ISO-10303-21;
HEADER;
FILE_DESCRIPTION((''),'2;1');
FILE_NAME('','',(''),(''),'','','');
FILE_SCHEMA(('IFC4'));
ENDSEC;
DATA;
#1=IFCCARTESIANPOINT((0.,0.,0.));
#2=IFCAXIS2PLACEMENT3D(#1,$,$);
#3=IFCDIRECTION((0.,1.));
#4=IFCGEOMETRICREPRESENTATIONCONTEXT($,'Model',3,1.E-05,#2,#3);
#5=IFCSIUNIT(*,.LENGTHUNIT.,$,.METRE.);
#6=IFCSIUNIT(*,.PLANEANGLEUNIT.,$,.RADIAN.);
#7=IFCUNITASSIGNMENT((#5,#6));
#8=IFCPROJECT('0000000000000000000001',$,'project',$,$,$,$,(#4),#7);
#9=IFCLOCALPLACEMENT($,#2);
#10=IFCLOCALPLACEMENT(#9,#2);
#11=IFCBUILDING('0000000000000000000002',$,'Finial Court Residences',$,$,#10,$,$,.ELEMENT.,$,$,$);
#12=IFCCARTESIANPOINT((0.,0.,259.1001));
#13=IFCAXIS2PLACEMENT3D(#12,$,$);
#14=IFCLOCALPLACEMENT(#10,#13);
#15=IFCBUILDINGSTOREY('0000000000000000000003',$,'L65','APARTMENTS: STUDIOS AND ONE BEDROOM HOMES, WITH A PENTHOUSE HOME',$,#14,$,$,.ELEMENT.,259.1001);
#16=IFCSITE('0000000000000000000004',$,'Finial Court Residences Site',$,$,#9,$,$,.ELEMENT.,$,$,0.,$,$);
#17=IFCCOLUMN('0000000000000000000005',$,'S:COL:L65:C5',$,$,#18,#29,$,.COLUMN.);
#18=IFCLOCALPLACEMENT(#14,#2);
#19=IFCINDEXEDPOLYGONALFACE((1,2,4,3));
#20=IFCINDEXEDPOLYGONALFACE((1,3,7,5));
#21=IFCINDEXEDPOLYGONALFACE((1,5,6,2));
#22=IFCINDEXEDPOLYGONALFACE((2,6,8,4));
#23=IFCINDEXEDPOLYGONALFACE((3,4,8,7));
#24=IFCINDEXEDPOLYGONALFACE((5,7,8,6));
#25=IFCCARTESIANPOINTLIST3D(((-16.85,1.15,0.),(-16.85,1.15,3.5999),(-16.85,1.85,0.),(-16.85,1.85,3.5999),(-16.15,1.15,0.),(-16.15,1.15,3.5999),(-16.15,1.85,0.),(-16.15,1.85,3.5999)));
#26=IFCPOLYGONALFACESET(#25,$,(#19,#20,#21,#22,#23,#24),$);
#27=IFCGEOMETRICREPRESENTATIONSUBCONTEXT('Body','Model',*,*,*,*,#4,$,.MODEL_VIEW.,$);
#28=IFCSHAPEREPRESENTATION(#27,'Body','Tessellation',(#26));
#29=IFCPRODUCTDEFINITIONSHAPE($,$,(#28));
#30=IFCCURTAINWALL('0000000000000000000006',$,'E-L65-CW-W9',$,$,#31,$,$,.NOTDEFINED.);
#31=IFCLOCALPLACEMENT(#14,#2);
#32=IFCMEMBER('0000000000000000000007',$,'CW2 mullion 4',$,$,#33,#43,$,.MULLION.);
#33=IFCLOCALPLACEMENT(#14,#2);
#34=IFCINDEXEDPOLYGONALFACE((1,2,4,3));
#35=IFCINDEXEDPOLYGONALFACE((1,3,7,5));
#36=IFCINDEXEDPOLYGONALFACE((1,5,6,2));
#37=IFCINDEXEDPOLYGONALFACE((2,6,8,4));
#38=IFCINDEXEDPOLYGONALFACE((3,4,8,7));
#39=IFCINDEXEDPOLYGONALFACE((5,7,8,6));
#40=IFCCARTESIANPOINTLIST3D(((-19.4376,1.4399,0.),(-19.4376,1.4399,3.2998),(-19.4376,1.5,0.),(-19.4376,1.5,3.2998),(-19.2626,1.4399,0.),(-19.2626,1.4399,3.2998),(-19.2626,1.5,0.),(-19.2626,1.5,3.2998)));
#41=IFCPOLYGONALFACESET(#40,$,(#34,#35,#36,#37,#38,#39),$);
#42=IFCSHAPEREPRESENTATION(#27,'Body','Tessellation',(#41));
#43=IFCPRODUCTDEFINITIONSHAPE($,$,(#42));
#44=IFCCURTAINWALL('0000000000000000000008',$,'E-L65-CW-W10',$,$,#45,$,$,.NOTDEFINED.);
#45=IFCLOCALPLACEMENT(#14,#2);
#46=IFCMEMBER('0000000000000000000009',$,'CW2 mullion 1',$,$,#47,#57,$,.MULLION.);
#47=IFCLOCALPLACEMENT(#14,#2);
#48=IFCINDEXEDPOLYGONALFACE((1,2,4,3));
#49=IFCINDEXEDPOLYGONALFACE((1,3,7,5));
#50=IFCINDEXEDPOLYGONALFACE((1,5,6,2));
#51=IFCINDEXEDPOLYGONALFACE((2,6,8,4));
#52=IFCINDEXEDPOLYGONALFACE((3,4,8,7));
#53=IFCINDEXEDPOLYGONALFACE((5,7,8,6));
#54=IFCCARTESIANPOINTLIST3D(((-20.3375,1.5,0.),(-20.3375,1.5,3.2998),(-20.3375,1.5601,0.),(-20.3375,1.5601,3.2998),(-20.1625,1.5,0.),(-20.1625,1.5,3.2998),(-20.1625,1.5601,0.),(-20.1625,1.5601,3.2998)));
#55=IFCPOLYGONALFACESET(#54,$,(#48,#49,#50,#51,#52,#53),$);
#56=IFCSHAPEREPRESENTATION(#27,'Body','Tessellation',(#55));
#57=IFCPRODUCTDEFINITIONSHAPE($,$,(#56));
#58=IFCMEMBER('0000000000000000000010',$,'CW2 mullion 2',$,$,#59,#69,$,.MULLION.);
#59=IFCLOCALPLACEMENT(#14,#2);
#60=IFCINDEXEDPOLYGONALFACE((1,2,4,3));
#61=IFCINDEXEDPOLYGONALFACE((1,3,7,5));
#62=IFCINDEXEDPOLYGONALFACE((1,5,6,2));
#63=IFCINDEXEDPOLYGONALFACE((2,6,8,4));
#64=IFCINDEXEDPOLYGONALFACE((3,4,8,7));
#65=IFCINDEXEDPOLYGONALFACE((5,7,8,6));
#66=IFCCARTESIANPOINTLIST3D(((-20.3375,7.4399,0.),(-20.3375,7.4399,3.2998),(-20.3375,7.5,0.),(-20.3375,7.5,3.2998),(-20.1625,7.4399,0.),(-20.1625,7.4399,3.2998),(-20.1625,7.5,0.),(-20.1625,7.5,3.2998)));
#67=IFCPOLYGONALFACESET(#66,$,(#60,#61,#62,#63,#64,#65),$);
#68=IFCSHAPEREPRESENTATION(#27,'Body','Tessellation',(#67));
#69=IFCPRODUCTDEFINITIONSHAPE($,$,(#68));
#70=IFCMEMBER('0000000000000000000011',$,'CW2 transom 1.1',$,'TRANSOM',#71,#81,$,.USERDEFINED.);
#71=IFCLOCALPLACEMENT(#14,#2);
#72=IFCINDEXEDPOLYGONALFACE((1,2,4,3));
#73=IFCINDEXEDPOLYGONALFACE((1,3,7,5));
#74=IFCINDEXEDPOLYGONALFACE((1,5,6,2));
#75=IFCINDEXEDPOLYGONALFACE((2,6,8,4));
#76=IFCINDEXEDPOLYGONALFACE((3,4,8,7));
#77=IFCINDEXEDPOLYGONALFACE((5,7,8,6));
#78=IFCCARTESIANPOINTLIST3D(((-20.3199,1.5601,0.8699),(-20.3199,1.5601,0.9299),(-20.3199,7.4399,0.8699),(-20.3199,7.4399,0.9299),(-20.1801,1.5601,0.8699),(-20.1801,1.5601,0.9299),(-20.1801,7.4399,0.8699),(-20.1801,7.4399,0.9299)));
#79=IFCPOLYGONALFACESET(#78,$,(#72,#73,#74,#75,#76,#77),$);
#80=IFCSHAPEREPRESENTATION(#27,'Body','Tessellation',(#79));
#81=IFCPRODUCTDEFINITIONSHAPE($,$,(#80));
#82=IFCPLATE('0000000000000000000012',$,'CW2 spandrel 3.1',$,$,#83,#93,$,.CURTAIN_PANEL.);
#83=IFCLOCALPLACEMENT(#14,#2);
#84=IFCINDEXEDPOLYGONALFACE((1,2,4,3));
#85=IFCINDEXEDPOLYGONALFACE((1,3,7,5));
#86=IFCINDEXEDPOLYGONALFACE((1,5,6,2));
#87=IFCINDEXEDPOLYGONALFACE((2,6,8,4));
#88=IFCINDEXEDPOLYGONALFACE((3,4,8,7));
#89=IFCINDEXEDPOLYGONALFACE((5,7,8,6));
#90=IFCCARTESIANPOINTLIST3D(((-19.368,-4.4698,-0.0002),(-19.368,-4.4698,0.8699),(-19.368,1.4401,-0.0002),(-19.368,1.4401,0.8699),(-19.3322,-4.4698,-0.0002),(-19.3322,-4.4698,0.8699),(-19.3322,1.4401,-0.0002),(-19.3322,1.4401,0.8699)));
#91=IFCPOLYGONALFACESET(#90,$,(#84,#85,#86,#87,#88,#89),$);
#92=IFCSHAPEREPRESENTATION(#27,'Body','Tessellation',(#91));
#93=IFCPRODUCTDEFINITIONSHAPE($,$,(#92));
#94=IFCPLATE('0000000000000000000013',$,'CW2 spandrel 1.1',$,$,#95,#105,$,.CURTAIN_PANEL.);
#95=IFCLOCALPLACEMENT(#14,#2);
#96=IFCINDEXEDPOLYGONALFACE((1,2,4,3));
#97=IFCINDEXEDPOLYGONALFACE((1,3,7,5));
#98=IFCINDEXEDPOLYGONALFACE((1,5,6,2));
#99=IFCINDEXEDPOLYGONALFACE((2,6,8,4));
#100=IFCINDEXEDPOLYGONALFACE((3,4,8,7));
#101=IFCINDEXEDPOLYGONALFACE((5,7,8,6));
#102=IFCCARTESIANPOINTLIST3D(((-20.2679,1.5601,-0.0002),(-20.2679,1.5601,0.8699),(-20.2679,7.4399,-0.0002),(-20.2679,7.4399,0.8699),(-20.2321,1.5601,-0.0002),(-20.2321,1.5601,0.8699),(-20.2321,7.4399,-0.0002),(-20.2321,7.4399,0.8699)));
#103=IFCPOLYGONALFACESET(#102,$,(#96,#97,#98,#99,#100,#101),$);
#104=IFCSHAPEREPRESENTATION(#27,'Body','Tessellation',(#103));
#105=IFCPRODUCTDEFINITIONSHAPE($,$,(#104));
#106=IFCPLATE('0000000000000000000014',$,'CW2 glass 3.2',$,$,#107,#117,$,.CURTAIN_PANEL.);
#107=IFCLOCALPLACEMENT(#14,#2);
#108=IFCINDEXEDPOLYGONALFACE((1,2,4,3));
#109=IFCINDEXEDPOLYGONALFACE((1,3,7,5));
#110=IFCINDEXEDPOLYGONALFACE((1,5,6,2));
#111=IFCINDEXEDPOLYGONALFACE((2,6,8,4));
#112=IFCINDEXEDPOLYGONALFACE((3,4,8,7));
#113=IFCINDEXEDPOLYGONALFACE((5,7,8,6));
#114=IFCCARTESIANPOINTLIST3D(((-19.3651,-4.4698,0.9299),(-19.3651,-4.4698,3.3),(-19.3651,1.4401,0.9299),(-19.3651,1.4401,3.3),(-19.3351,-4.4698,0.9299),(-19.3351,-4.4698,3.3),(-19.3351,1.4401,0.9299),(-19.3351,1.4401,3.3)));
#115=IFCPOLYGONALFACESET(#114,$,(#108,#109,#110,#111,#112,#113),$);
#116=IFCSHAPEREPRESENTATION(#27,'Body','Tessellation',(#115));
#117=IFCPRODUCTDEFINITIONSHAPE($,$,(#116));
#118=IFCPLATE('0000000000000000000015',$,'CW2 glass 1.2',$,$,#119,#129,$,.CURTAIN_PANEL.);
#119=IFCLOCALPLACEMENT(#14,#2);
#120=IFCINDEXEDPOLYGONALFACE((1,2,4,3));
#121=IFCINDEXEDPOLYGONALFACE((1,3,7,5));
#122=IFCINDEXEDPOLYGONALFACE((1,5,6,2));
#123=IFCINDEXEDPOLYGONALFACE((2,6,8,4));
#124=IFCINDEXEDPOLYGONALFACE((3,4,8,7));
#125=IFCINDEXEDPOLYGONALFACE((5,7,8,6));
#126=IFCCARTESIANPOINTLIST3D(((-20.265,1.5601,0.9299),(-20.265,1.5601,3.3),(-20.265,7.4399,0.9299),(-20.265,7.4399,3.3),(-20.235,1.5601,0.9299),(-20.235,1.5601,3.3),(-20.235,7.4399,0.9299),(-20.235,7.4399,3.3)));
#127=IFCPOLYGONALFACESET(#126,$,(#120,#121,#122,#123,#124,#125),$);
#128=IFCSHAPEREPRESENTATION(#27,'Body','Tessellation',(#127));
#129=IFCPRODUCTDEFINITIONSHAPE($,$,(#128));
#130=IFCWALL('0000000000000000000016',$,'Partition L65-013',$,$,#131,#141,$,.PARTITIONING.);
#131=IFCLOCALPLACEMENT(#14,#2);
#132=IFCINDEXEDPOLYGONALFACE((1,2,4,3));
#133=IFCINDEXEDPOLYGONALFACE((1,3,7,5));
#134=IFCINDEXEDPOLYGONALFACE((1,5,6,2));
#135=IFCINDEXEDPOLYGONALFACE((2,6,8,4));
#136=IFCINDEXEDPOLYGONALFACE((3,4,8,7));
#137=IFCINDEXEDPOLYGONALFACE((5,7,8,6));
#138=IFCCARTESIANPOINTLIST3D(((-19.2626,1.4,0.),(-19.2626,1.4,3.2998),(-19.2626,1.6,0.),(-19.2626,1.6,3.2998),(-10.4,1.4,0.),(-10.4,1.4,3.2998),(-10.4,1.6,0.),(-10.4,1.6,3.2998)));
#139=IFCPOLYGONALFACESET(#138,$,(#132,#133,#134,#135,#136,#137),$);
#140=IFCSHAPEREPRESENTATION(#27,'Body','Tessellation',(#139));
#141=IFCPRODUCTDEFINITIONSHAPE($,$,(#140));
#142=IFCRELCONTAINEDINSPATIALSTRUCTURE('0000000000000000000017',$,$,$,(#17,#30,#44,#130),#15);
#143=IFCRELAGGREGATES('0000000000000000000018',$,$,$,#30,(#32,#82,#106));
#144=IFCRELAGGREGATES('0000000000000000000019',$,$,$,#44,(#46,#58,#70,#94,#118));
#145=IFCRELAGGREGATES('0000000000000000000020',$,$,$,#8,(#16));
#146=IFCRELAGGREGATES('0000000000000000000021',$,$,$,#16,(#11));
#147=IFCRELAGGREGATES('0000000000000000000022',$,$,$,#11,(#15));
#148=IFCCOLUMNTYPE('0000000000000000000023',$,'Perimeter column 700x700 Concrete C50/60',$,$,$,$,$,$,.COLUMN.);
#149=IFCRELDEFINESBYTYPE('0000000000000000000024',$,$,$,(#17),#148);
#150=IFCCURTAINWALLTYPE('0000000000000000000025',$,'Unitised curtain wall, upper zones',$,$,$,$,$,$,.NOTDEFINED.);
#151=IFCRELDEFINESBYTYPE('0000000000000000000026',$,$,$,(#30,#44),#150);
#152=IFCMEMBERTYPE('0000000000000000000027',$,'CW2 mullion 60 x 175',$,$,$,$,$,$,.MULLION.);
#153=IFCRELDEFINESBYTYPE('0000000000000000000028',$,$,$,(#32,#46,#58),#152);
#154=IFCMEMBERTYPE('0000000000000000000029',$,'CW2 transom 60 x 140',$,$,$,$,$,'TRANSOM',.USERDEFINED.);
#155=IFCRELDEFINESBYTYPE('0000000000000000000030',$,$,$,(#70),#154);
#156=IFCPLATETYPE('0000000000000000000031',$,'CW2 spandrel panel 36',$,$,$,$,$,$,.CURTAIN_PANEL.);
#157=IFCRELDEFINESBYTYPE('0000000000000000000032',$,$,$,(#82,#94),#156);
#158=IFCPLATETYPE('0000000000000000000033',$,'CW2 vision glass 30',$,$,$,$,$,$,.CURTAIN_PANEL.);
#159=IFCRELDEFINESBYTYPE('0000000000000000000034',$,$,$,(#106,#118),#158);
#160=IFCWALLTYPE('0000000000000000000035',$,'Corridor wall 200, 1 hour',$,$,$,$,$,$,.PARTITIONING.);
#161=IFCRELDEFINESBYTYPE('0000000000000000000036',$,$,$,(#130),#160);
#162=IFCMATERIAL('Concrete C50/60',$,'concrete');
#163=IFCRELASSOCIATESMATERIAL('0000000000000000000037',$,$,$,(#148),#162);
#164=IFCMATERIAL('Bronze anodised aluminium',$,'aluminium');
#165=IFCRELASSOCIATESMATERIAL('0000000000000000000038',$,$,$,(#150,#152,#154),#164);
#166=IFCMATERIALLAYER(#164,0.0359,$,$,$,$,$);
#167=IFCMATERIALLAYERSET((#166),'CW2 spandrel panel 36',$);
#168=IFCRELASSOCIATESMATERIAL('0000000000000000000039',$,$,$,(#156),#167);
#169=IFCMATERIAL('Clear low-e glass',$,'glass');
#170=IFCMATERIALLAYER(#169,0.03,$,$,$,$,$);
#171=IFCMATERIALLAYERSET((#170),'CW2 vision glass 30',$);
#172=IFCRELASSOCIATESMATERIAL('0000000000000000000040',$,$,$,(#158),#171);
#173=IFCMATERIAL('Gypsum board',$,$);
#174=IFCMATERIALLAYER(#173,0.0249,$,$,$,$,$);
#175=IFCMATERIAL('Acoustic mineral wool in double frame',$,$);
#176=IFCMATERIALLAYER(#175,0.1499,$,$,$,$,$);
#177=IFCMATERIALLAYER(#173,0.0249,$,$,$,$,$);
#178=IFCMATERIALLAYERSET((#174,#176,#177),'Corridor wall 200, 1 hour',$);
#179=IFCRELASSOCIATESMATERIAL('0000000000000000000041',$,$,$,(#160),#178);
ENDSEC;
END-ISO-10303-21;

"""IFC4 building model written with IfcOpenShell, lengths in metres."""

from ifc_helpers import new_model, si_unit, direction, frame, frame_2d, origin, origin_2d, place, context, subcontext, project, spatial, rectangle, extrude, material, layer, layer_set, material_profile, profile_set, type_object, element, aggregate, save


model = new_model("IFC4")

# Units and contexts
model_context = context("Model", 3, precision=1e-05, world=origin(), true_north=direction((0.0, 1.0)))
body_context = subcontext(model_context, "Body", "Model", "MODEL_VIEW")
ifc_project = project(units=[si_unit("LENGTHUNIT", "METRE"), si_unit("PLANEANGLEUNIT", "RADIAN")], contexts=[model_context])

# Site, building, storey
site_placement = place(None, origin())
site = spatial("IfcSite", under=ifc_project, at=site_placement, Name="Finial Court Residences Site", CompositionType="ELEMENT", RefElevation=0.0)
building_placement = place(site_placement, origin())
building = spatial("IfcBuilding", under=site, at=building_placement, Name="Finial Court Residences", CompositionType="ELEMENT")
storey_placement = place(building_placement, frame((0.0, 0.0, 259.1001)))
storey = spatial("IfcBuildingStorey", under=building, at=storey_placement, Name="L65", Description="APARTMENTS: STUDIOS AND ONE BEDROOM HOMES, WITH A PENTHOUSE HOME", CompositionType="ELEMENT", Elevation=259.1001)

# Column
ifc_material_1 = material(Name="Concrete C50/60", Category="concrete")
ifc_material_profile_1 = material_profile(ifc_material_1, rectangle(XDim=0.7, YDim=0.7, at=origin_2d()), Name="700x700")
ifc_profile_set_1 = profile_set([ifc_material_profile_1], Name="Concrete C50/60")
column_type = type_object("IfcColumnType", Name="Perimeter column 700x700 Concrete C50/60", PredefinedType="COLUMN", material=ifc_profile_set_1)
column_placement = place(storey_placement, frame((-16.5, 1.5, 0.0), z_axis=(0.0, 0.0, 1.0), x_axis=(1.0, 0.0, 0.0)))
element("IfcColumn", 1, at=column_placement, inside=storey, type_object=column_type, Name="S:COL:L65:C5", PredefinedType="COLUMN", context=body_context, shape_type="SweptSolid", body=[
    extrude(rectangle(XDim=0.7, YDim=0.7, at=origin_2d()), origin(), (0.0, 0.0, 1.0), 3.5999),
])

# Curtain wall, member
ifc_material_2 = material(Name="Bronze anodised aluminium", Category="aluminium")
curtain_wall_type = type_object("IfcCurtainWallType", Name="Unitised curtain wall, upper zones", PredefinedType="NOTDEFINED", material=ifc_material_2)
curtain_wall_1_placement = place(storey_placement, origin())
curtain_wall_1 = element("IfcCurtainWall", 2, at=curtain_wall_1_placement, inside=storey, type_object=curtain_wall_type, Name="E-L65-CW-W9", PredefinedType="NOTDEFINED")
ifc_material_profile_2 = material_profile(ifc_material_2, rectangle(XDim=0.175, YDim=0.0601, at=origin_2d()), Name="CW2 mullion 60 x 175")
ifc_profile_set_2 = profile_set([ifc_material_profile_2], Name="Bronze anodised aluminium")
member_type_1 = type_object("IfcMemberType", Name="CW2 mullion 60 x 175", PredefinedType="MULLION", material=ifc_profile_set_2)
member_1_placement = place(storey_placement, frame((-19.3501, 1.47, 0.0), z_axis=(0.0, 0.0, 1.0), x_axis=(-1.0, 0.0, 0.0)))
member_1 = element("IfcMember", 3, at=member_1_placement, type_object=member_type_1, Name="CW2 mullion 4", PredefinedType="MULLION", context=body_context, shape_type="SweptSolid", body=[
    extrude(rectangle(XDim=0.175, YDim=0.0601, at=origin_2d()), origin(), (0.0, 0.0, 1.0), 3.2998),
])

# Curtain wall, members
curtain_wall_2_placement = place(storey_placement, origin())
curtain_wall_2 = element("IfcCurtainWall", 4, at=curtain_wall_2_placement, inside=storey, type_object=curtain_wall_type, Name="E-L65-CW-W10", PredefinedType="NOTDEFINED")
member_2_placement = place(storey_placement, frame((-20.25, 1.53, 0.0), z_axis=(0.0, 0.0, 1.0), x_axis=(-1.0, 0.0, 0.0)))
member_2 = element("IfcMember", 5, at=member_2_placement, type_object=member_type_1, Name="CW2 mullion 1", PredefinedType="MULLION", context=body_context, shape_type="SweptSolid", body=[
    extrude(rectangle(XDim=0.175, YDim=0.0601, at=origin_2d()), origin(), (0.0, 0.0, 1.0), 3.2998),
])
member_3_placement = place(storey_placement, frame((-20.25, 7.47, 0.0), z_axis=(0.0, 0.0, 1.0), x_axis=(-1.0, 0.0, 0.0)))
member_3 = element("IfcMember", 6, at=member_3_placement, type_object=member_type_1, Name="CW2 mullion 2", PredefinedType="MULLION", context=body_context, shape_type="SweptSolid", body=[
    extrude(rectangle(XDim=0.175, YDim=0.0601, at=origin_2d()), origin(), (0.0, 0.0, 1.0), 3.2998),
])
ifc_material_profile_3 = material_profile(ifc_material_2, rectangle(XDim=0.1399, YDim=0.0601, at=origin_2d()), Name="CW2 transom 60 x 140")
ifc_profile_set_3 = profile_set([ifc_material_profile_3], Name="Bronze anodised aluminium")
member_type_2 = type_object("IfcMemberType", Name="CW2 transom 60 x 140", ElementType="TRANSOM", PredefinedType="USERDEFINED", material=ifc_profile_set_3)
member_4_placement = place(storey_placement, frame((-20.25, 1.5601, 0.8999), z_axis=(0.0, 1.0, 0.0), x_axis=(-1.0, 0.0, 0.0)))
member_4 = element("IfcMember", 7, at=member_4_placement, type_object=member_type_2, Name="CW2 transom 1.1", ObjectType="TRANSOM", PredefinedType="USERDEFINED", context=body_context, shape_type="SweptSolid", body=[
    extrude(rectangle(XDim=0.1399, YDim=0.0601, at=origin_2d()), origin(), (0.0, 0.0, 1.0), 5.8799),
])

# Plates
ifc_layer_1 = layer(ifc_material_2, 0.0359)
ifc_layer_set_1 = layer_set([ifc_layer_1], Name="CW2 spandrel panel 36")
plate_type_1 = type_object("IfcPlateType", Name="CW2 spandrel panel 36", PredefinedType="CURTAIN_PANEL", material=ifc_layer_set_1)
plate_1_placement = place(storey_placement, frame((-19.3501, -1.5149, -0.0002), z_axis=(0.0, 0.0, 1.0), x_axis=(0.0, 1.0, 0.0)))
plate_1 = element("IfcPlate", 8, at=plate_1_placement, type_object=plate_type_1, Name="CW2 spandrel 3.1", PredefinedType="CURTAIN_PANEL", context=body_context, shape_type="SweptSolid", body=[
    extrude(rectangle(XDim=5.9099, YDim=0.0359, at=origin_2d()), origin(), (0.0, 0.0, 1.0), 0.8701),
])
plate_2_placement = place(storey_placement, frame((-20.25, 4.5, -0.0002), z_axis=(0.0, 0.0, 1.0), x_axis=(0.0, 1.0, 0.0)))
plate_2 = element("IfcPlate", 9, at=plate_2_placement, type_object=plate_type_1, Name="CW2 spandrel 1.1", PredefinedType="CURTAIN_PANEL", context=body_context, shape_type="SweptSolid", body=[
    extrude(rectangle(XDim=5.8799, YDim=0.0359, at=origin_2d()), origin(), (0.0, 0.0, 1.0), 0.8701),
])
ifc_material_3 = material(Name="Clear low-e glass", Category="glass")
ifc_layer_2 = layer(ifc_material_3, 0.03)
ifc_layer_set_2 = layer_set([ifc_layer_2], Name="CW2 vision glass 30")
plate_type_2 = type_object("IfcPlateType", Name="CW2 vision glass 30", PredefinedType="CURTAIN_PANEL", material=ifc_layer_set_2)
plate_3_placement = place(storey_placement, frame((-19.3501, -1.5149, 0.9299), z_axis=(0.0, 0.0, 1.0), x_axis=(0.0, 1.0, 0.0)))
plate_3 = element("IfcPlate", 10, at=plate_3_placement, type_object=plate_type_2, Name="CW2 glass 3.2", PredefinedType="CURTAIN_PANEL", context=body_context, shape_type="SweptSolid", body=[
    extrude(rectangle(XDim=5.9099, YDim=0.03, at=origin_2d()), origin(), (0.0, 0.0, 1.0), 2.3701),
])
aggregate(curtain_wall_1, [member_1, plate_1, plate_3])
plate_4_placement = place(storey_placement, frame((-20.25, 4.5, 0.9299), z_axis=(0.0, 0.0, 1.0), x_axis=(0.0, 1.0, 0.0)))
plate_4 = element("IfcPlate", 11, at=plate_4_placement, type_object=plate_type_2, Name="CW2 glass 1.2", PredefinedType="CURTAIN_PANEL", context=body_context, shape_type="SweptSolid", body=[
    extrude(rectangle(XDim=5.8799, YDim=0.03, at=origin_2d()), origin(), (0.0, 0.0, 1.0), 2.3701),
])
aggregate(curtain_wall_2, [member_2, member_3, member_4, plate_2, plate_4])

# Wall
ifc_material_4 = material(Name="Gypsum board")
ifc_layer_3 = layer(ifc_material_4, 0.0249)
ifc_material_5 = material(Name="Acoustic mineral wool in double frame")
ifc_layer_4 = layer(ifc_material_5, 0.1499)
ifc_layer_5 = layer(ifc_material_4, 0.0249)
ifc_layer_set_3 = layer_set([ifc_layer_3, ifc_layer_4, ifc_layer_5], Name="Corridor wall 200, 1 hour")
wall_type_1 = type_object("IfcWallType", Name="Corridor wall 200, 1 hour", PredefinedType="PARTITIONING", material=ifc_layer_set_3)
wall_1_placement = place(storey_placement, frame((-19.2625, 1.5, 0.0), z_axis=(0.0, 0.0, 1.0), x_axis=(1.0, 0.0, 0.0)))
element("IfcWall", 12, at=wall_1_placement, inside=storey, type_object=wall_type_1, Name="Partition L65-013", PredefinedType="PARTITIONING", context=body_context, shape_type="SweptSolid", body=[
    extrude(rectangle(XDim=8.8625, YDim=0.2, at=frame_2d((4.4312, 0.0))), origin(), (0.0, 0.0, 1.0), 3.2998),
])

save(model, "model.ifc")
